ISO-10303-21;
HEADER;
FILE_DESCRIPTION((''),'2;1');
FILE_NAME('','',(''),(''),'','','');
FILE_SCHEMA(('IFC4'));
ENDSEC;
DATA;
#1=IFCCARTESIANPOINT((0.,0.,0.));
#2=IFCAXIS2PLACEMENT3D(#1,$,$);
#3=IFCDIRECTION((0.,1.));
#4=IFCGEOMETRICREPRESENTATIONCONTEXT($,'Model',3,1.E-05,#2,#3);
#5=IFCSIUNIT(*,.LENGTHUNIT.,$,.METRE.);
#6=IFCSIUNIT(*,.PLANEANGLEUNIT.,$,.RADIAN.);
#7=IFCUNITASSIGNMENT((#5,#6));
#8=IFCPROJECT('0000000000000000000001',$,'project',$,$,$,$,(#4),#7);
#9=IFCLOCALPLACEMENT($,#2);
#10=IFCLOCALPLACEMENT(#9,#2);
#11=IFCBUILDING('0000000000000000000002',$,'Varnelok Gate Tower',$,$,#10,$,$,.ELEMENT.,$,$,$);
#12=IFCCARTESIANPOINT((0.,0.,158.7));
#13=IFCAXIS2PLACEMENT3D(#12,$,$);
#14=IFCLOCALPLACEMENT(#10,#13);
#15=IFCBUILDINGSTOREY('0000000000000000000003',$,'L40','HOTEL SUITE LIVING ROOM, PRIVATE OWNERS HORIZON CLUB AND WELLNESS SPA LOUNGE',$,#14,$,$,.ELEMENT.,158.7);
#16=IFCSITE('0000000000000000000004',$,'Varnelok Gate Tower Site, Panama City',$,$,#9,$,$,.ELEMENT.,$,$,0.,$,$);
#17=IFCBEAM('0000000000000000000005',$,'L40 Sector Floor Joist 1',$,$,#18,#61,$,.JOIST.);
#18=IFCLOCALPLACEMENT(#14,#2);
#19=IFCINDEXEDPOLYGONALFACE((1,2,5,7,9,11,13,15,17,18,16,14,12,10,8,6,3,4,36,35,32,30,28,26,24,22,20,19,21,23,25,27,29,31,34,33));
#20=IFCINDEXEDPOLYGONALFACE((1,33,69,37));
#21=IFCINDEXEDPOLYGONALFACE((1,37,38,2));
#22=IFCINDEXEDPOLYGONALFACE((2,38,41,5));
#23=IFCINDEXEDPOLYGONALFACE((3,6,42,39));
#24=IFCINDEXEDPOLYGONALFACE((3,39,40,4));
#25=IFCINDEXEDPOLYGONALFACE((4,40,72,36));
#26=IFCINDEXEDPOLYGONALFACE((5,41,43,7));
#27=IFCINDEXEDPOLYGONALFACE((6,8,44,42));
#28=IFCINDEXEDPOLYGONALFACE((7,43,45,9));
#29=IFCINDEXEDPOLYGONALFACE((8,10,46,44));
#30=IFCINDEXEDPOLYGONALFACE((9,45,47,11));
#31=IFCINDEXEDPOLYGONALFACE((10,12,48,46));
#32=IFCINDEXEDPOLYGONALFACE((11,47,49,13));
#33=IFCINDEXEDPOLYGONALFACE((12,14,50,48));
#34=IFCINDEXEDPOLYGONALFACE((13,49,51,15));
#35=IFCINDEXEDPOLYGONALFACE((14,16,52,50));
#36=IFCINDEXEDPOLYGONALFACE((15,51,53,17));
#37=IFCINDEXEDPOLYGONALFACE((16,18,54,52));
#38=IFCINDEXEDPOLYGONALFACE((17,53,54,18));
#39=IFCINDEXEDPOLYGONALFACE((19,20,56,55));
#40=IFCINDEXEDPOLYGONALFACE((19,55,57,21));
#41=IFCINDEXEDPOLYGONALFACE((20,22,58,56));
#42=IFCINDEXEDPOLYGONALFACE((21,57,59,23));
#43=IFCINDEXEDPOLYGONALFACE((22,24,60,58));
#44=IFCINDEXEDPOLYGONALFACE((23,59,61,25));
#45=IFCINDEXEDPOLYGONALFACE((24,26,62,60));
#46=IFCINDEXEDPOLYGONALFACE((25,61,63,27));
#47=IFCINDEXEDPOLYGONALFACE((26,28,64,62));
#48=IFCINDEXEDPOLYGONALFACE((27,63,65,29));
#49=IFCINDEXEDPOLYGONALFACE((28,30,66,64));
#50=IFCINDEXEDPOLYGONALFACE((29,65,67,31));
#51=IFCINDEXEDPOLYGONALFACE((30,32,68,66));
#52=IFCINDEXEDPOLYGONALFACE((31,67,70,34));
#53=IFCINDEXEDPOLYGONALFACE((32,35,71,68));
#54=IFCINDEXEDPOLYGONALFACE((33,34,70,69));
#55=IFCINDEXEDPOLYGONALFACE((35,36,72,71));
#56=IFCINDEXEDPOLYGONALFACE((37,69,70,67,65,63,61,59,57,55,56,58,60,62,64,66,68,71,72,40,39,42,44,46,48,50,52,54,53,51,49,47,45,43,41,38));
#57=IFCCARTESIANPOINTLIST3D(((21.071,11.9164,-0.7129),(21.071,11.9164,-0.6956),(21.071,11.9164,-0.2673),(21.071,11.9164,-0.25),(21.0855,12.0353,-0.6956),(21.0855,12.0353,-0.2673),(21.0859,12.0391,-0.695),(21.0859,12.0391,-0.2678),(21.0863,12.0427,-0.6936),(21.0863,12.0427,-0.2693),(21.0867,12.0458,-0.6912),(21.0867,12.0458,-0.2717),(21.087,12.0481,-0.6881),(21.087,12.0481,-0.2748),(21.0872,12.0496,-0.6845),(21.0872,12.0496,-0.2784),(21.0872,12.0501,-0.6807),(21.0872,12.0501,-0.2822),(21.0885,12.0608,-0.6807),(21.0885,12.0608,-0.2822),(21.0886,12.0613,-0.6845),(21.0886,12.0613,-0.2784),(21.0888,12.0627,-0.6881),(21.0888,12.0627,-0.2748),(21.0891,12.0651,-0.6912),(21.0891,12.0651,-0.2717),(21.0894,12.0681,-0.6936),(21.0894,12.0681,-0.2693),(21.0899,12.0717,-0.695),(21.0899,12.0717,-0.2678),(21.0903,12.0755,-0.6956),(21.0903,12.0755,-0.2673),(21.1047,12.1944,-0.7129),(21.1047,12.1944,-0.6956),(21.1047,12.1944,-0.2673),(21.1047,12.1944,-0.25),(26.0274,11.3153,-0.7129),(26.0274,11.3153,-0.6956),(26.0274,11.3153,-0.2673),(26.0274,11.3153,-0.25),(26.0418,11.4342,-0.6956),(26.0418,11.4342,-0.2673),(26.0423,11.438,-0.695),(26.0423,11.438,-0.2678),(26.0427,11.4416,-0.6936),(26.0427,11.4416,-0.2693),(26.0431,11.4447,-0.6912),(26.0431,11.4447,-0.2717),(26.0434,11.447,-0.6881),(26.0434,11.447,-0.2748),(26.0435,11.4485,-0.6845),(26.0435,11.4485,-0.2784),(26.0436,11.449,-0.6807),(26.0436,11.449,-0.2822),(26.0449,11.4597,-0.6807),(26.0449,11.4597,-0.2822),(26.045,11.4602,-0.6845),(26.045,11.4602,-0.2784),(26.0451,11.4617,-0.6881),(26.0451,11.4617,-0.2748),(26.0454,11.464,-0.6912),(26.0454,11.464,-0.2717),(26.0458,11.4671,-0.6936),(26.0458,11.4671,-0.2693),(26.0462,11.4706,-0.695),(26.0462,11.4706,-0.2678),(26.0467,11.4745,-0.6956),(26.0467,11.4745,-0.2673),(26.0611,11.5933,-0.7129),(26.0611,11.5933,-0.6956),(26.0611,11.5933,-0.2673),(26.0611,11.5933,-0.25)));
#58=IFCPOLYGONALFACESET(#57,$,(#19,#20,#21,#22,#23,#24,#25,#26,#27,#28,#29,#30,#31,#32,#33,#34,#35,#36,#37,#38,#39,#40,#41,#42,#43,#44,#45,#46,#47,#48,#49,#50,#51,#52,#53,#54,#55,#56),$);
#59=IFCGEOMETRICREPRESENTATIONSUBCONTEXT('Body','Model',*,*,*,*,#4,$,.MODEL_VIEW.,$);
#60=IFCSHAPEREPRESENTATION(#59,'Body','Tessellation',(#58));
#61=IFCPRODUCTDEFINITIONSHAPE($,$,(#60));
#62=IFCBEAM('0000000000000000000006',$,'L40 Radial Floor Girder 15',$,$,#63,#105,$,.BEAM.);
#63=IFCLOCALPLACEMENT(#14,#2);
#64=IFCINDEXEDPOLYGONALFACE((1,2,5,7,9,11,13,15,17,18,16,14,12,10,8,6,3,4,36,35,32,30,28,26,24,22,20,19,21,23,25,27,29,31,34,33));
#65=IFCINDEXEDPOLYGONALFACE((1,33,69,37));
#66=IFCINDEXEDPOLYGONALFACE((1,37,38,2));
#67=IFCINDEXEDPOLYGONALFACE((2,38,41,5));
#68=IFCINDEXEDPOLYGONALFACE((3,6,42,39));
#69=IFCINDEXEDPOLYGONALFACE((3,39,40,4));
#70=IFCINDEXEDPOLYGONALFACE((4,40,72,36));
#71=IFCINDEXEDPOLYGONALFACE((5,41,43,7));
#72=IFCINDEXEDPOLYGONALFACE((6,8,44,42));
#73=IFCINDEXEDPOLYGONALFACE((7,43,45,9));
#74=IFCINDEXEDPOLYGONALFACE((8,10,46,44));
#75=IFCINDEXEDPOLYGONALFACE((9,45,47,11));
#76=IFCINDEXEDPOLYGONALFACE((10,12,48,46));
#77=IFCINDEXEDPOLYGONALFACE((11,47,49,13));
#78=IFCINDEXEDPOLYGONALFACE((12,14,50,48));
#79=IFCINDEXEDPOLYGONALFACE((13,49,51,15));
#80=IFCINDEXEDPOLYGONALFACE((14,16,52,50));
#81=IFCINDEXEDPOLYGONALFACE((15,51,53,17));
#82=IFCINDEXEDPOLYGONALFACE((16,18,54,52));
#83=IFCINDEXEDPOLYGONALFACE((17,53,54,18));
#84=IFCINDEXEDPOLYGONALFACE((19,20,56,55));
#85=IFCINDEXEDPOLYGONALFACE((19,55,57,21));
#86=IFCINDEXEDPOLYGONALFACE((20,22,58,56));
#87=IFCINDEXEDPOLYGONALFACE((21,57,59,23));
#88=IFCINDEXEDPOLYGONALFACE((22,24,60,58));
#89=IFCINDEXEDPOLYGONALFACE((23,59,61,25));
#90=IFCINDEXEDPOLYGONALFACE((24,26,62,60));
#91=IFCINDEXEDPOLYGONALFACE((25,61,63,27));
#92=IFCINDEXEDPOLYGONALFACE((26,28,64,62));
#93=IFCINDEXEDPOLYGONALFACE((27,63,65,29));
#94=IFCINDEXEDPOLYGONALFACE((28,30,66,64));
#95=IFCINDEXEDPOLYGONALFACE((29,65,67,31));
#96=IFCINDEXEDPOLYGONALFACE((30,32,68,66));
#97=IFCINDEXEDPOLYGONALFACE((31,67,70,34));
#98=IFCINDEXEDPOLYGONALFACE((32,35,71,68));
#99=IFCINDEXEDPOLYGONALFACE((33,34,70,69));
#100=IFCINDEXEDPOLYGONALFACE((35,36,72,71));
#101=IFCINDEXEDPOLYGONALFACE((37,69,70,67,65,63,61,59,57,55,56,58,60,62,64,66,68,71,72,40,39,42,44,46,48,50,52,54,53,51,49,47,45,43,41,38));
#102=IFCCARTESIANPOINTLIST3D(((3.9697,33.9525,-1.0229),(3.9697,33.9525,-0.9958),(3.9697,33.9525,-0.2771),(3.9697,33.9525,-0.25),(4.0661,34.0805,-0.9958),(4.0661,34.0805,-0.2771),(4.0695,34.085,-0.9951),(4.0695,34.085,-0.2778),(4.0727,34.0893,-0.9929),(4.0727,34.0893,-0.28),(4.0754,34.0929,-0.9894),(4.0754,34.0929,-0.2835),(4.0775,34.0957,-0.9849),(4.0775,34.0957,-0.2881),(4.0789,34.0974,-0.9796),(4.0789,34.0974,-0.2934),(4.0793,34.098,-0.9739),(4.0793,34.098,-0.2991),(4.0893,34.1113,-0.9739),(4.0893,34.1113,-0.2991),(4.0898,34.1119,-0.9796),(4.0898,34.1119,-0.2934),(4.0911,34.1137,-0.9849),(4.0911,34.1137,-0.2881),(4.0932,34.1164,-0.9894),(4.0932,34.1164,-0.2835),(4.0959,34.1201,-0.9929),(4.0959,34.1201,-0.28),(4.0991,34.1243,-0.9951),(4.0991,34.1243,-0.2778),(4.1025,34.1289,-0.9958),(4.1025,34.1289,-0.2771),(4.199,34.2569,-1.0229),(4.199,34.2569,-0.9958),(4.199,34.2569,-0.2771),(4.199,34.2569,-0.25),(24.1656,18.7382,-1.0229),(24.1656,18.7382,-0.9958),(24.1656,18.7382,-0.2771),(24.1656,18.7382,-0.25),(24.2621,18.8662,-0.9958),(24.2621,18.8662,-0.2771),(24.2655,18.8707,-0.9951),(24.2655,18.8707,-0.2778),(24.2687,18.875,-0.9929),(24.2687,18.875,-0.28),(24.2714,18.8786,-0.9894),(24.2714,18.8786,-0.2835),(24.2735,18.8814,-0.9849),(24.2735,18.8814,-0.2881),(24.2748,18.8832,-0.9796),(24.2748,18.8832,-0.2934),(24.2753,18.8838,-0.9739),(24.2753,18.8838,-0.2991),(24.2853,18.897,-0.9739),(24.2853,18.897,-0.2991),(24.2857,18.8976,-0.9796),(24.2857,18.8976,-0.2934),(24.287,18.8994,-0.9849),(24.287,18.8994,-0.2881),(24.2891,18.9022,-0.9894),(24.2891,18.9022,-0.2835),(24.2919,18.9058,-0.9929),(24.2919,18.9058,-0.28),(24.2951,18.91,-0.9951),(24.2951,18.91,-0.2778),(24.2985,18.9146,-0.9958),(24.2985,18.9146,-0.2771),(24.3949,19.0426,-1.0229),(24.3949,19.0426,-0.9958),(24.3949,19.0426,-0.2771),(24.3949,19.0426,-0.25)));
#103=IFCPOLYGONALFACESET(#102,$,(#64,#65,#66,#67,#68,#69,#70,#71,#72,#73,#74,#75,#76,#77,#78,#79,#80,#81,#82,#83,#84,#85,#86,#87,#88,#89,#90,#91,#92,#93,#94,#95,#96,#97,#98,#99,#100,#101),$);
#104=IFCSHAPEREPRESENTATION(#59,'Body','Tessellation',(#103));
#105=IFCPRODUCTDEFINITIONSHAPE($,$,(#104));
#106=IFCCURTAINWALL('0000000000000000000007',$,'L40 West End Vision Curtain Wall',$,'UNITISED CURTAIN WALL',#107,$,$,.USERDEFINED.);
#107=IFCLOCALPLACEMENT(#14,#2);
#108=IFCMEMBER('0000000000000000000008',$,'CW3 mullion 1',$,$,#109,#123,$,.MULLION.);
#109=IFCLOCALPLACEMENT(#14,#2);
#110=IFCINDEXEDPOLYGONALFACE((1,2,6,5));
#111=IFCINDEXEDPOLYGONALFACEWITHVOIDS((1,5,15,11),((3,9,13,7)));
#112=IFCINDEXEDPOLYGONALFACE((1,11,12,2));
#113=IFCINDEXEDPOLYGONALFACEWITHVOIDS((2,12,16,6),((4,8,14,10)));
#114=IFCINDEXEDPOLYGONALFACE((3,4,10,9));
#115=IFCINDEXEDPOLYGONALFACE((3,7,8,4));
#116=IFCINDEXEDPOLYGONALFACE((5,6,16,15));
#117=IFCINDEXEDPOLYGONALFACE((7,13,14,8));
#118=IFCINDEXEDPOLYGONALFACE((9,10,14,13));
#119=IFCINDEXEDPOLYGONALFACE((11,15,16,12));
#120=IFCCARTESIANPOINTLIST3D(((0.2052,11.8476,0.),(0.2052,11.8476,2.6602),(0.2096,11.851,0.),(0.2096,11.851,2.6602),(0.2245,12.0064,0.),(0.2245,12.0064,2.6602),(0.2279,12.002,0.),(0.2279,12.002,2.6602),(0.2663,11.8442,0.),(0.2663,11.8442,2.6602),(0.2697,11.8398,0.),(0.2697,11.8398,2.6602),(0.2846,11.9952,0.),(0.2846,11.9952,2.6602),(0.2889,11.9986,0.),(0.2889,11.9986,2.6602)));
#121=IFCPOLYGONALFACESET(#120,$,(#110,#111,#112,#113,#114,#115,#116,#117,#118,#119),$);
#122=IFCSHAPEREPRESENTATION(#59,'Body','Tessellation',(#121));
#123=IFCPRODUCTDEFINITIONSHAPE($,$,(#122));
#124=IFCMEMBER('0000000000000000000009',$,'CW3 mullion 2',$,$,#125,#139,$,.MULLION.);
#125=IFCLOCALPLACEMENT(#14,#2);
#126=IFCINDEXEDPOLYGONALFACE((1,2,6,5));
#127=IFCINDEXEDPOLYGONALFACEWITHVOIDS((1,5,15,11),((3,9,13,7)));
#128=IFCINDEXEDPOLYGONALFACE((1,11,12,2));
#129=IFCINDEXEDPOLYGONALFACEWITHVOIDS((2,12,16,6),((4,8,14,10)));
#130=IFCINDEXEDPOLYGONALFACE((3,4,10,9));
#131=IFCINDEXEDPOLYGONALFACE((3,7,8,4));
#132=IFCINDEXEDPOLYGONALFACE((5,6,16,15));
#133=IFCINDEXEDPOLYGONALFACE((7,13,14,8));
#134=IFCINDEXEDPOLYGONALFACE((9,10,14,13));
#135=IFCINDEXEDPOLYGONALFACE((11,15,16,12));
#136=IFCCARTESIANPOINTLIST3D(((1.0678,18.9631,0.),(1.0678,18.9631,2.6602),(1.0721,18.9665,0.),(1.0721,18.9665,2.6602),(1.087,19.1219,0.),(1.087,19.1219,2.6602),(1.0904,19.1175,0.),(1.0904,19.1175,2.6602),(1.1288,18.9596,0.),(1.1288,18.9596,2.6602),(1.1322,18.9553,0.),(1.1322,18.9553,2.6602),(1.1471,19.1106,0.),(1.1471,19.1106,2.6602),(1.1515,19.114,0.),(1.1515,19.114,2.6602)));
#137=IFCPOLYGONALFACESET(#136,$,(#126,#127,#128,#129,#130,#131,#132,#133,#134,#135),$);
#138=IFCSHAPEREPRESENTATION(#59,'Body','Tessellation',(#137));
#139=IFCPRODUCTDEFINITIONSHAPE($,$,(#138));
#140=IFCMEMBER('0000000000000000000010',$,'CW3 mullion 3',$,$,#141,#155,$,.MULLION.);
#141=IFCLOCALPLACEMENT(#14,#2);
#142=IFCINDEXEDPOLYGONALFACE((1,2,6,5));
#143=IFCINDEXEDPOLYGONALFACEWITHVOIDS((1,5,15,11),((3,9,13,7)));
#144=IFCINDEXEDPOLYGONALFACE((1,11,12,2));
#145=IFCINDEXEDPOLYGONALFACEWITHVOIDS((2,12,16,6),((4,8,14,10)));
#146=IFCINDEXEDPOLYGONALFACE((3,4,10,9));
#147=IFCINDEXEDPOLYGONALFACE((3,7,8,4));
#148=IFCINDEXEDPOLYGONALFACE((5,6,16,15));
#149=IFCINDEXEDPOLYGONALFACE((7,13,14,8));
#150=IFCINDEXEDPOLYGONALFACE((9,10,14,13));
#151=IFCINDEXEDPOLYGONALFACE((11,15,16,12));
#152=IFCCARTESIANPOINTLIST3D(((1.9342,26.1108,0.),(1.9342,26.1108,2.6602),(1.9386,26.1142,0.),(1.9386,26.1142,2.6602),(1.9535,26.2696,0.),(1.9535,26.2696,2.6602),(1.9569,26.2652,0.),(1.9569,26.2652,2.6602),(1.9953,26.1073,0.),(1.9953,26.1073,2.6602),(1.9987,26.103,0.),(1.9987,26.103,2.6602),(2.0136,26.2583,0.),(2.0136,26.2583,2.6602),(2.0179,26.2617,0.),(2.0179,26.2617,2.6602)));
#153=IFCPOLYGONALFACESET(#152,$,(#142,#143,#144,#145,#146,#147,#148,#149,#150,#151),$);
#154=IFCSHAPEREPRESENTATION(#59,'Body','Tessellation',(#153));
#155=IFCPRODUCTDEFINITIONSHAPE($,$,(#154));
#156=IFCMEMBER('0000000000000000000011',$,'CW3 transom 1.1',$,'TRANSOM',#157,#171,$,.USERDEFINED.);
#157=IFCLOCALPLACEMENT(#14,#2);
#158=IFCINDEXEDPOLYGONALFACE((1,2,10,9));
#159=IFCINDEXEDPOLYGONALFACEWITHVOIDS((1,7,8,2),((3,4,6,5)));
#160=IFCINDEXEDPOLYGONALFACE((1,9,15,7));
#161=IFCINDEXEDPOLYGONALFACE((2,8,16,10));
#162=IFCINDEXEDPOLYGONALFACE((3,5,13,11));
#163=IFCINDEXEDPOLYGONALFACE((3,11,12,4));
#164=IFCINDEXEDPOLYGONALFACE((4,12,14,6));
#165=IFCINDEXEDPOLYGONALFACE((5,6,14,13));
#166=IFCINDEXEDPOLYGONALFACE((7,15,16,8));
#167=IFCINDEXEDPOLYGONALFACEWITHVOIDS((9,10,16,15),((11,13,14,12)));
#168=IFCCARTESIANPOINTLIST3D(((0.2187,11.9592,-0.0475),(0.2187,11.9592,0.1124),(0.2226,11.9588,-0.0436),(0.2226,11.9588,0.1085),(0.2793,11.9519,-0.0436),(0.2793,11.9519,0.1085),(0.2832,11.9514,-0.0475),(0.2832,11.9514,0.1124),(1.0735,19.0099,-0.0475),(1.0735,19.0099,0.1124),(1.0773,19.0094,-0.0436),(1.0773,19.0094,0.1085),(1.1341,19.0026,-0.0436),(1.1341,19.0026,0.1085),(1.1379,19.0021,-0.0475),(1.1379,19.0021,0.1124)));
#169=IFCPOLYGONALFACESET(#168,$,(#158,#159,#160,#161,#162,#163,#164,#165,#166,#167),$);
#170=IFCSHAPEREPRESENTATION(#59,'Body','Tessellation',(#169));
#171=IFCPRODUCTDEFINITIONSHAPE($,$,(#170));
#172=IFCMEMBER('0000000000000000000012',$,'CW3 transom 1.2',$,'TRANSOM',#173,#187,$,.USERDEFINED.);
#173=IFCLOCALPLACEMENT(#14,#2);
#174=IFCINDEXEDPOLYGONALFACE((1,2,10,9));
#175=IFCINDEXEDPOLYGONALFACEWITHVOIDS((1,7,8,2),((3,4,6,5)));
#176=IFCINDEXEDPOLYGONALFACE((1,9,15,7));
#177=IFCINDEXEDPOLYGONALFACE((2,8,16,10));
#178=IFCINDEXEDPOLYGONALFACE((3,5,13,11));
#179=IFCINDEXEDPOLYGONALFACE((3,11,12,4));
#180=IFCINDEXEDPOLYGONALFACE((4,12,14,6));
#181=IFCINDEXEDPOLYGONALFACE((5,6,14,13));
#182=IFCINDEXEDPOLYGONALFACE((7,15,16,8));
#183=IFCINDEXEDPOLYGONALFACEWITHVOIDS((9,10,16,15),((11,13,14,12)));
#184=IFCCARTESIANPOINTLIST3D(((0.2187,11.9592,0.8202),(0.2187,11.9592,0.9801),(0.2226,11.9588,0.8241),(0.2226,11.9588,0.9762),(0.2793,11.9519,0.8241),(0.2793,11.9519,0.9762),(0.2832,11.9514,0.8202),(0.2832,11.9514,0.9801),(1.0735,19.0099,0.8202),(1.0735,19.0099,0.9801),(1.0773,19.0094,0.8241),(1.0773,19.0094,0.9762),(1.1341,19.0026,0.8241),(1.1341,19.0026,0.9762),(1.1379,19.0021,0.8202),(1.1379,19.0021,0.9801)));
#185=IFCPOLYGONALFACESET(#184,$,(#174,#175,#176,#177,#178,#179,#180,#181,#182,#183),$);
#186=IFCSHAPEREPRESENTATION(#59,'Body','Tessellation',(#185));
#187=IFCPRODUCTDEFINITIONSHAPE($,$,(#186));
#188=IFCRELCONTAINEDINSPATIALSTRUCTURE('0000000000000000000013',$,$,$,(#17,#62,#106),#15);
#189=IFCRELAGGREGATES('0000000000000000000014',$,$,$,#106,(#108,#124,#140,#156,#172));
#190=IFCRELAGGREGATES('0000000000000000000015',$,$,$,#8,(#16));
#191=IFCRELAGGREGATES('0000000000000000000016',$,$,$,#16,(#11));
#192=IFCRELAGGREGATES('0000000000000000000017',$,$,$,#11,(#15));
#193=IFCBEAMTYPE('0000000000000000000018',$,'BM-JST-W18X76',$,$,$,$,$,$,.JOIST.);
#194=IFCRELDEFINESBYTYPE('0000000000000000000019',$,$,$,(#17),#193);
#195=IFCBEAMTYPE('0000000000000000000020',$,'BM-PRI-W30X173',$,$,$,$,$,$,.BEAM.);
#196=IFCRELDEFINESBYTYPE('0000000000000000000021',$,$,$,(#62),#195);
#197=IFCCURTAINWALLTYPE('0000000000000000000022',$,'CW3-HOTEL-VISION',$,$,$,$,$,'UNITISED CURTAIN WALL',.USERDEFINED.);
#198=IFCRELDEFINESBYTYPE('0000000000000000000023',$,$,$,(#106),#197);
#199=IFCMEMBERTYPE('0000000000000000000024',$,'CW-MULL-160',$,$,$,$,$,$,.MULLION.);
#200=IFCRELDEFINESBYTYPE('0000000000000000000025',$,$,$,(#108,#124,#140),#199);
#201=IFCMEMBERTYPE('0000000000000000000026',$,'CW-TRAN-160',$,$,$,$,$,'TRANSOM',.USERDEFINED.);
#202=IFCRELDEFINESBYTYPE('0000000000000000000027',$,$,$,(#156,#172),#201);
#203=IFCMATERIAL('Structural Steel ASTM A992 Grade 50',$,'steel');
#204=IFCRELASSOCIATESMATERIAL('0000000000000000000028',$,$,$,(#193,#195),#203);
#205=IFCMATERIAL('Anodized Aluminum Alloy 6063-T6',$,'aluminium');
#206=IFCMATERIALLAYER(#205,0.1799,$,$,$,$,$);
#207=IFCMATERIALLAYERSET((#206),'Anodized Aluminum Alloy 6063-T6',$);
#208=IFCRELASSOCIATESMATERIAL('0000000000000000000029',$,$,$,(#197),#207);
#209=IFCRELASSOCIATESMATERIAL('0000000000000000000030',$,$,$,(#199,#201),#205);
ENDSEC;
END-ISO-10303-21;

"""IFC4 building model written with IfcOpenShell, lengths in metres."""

from ifc_helpers import new_model, si_unit, direction, frame, origin, origin_2d, place, context, subcontext, project, spatial, hollow_rectangle, i_section, extrude, material, layer, layer_set, material_profile, profile_set, type_object, element, aggregate, save


model = new_model("IFC4")

# Units and contexts
model_context = context("Model", 3, precision=1e-05, world=origin(), true_north=direction((0.0, 1.0)))
body_context = subcontext(model_context, "Body", "Model", "MODEL_VIEW")
ifc_project = project(units=[si_unit("LENGTHUNIT", "METRE"), si_unit("PLANEANGLEUNIT", "RADIAN")], contexts=[model_context])

# Site, building, storey
site_placement = place(None, origin())
site = spatial("IfcSite", under=ifc_project, at=site_placement, Name="Varnelok Gate Tower Site, Panama City", CompositionType="ELEMENT", RefElevation=0.0)
building_placement = place(site_placement, origin())
building = spatial("IfcBuilding", under=site, at=building_placement, Name="Varnelok Gate Tower", CompositionType="ELEMENT")
storey_placement = place(building_placement, frame((0.0, 0.0, 158.7)))
storey = spatial("IfcBuildingStorey", under=building, at=storey_placement, Name="L40", Description="HOTEL SUITE LIVING ROOM, PRIVATE OWNERS HORIZON CLUB AND WELLNESS SPA LOUNGE", CompositionType="ELEMENT", Elevation=158.7)

# Beams
ifc_material_1 = material(Name="Structural Steel ASTM A992 Grade 50", Category="steel")
ifc_material_profile_1 = material_profile(ifc_material_1, i_section(OverallWidth=0.28, OverallDepth=0.4629, WebThickness=0.0107, FlangeThickness=0.0173, FilletRadius=0.0149, at=origin_2d()), Name="W18X76")
ifc_profile_set_1 = profile_set([ifc_material_profile_1], Name="Structural Steel ASTM A992 Grade 50")
beam_type_1 = type_object("IfcBeamType", Name="BM-JST-W18X76", PredefinedType="JOIST", material=ifc_profile_set_1)
beam_1_placement = place(storey_placement, frame((21.0879, 12.0554, -0.4814), z_axis=(0.992726, -0.120393, 0.0), x_axis=(0.120393, 0.992726, 0.0)))
element("IfcBeam", 1, at=beam_1_placement, inside=storey, type_object=beam_type_1, Name="L40 Sector Floor Joist 1", PredefinedType="JOIST", context=body_context, shape_type="SweptSolid", body=[
    extrude(i_section(OverallWidth=0.28, OverallDepth=0.4629, WebThickness=0.0107, FlangeThickness=0.0173, FilletRadius=0.0149, at=origin_2d()), origin(), (0.0, 0.0, 1.0), 4.9927),
])
ifc_material_profile_2 = material_profile(ifc_material_1, i_section(OverallWidth=0.3811, OverallDepth=0.7729, WebThickness=0.0166, FlangeThickness=0.0271, FilletRadius=0.022, at=origin_2d()), Name="W30X173")
ifc_profile_set_2 = profile_set([ifc_material_profile_2], Name="Structural Steel ASTM A992 Grade 50")
beam_type_2 = type_object("IfcBeamType", Name="BM-PRI-W30X173", PredefinedType="BEAM", material=ifc_profile_set_2)
beam_2_placement = place(storey_placement, frame((24.2803, 18.8904, -0.6365), z_axis=(-0.79872, 0.601703, 0.0), x_axis=(-0.601703, -0.79872, 0.0)))
element("IfcBeam", 2, at=beam_2_placement, inside=storey, type_object=beam_type_2, Name="L40 Radial Floor Girder 15", PredefinedType="BEAM", context=body_context, shape_type="SweptSolid", body=[
    extrude(i_section(OverallWidth=0.3811, OverallDepth=0.7729, WebThickness=0.0166, FlangeThickness=0.0271, FilletRadius=0.022, at=origin_2d()), origin(), (0.0, 0.0, 1.0), 25.2854),
])

# Curtain wall, members
ifc_material_2 = material(Name="Anodized Aluminum Alloy 6063-T6", Category="aluminium")
ifc_layer_1 = layer(ifc_material_2, 0.1799)
ifc_layer_set_1 = layer_set([ifc_layer_1], Name="Anodized Aluminum Alloy 6063-T6")
curtain_wall_type = type_object("IfcCurtainWallType", Name="CW3-HOTEL-VISION", ElementType="UNITISED CURTAIN WALL", PredefinedType="USERDEFINED", material=ifc_layer_set_1)
curtain_wall_placement = place(storey_placement, origin())
curtain_wall = element("IfcCurtainWall", 3, at=curtain_wall_placement, inside=storey, type_object=curtain_wall_type, Name="L40 West End Vision Curtain Wall", ObjectType="UNITISED CURTAIN WALL", PredefinedType="USERDEFINED")
ifc_material_profile_3 = material_profile(ifc_material_2, hollow_rectangle(XDim=0.0649, YDim=0.1599, WallThickness=0.0039, at=origin_2d()), Name="ALU160X65X4")
ifc_profile_set_3 = profile_set([ifc_material_profile_3], Name="Anodized Aluminum Alloy 6063-T6")
member_type_1 = type_object("IfcMemberType", Name="CW-MULL-160", PredefinedType="MULLION", material=ifc_profile_set_3)
member_1_placement = place(storey_placement, frame((0.2471, 11.9231, 0.0), z_axis=(0.0, 0.0, 1.0), x_axis=(-0.992732, 0.120347, 0.0)))
member_1 = element("IfcMember", 4, at=member_1_placement, type_object=member_type_1, Name="CW3 mullion 1", PredefinedType="MULLION", context=body_context, shape_type="SweptSolid", body=[
    extrude(hollow_rectangle(XDim=0.0649, YDim=0.1599, WallThickness=0.0039, at=origin_2d()), origin(), (0.0, 0.0, 1.0), 2.6602),
])
member_2_placement = place(storey_placement, frame((1.1096, 19.0386, 0.0), z_axis=(0.0, 0.0, 1.0), x_axis=(-0.992732, 0.120347, 0.0)))
member_2 = element("IfcMember", 5, at=member_2_placement, type_object=member_type_1, Name="CW3 mullion 2", PredefinedType="MULLION", context=body_context, shape_type="SweptSolid", body=[
    extrude(hollow_rectangle(XDim=0.0649, YDim=0.1599, WallThickness=0.0039, at=origin_2d()), origin(), (0.0, 0.0, 1.0), 2.6602),
])
member_3_placement = place(storey_placement, frame((1.9761, 26.1863, 0.0), z_axis=(0.0, 0.0, 1.0), x_axis=(-0.992732, 0.120347, 0.0)))
member_3 = element("IfcMember", 6, at=member_3_placement, type_object=member_type_1, Name="CW3 mullion 3", PredefinedType="MULLION", context=body_context, shape_type="SweptSolid", body=[
    extrude(hollow_rectangle(XDim=0.0649, YDim=0.1599, WallThickness=0.0039, at=origin_2d()), origin(), (0.0, 0.0, 1.0), 2.6602),
])
ifc_material_profile_4 = material_profile(ifc_material_2, hollow_rectangle(XDim=0.0649, YDim=0.1599, WallThickness=0.0039, at=origin_2d()), Name="ALU160X65X4")
ifc_profile_set_4 = profile_set([ifc_material_profile_4], Name="Anodized Aluminum Alloy 6063-T6")
member_type_2 = type_object("IfcMemberType", Name="CW-TRAN-160", ElementType="TRANSOM", PredefinedType="USERDEFINED", material=ifc_profile_set_4)
member_4_placement = place(storey_placement, frame((0.251, 11.9553, 0.0325), z_axis=(0.120345, 0.992732, 0.0), x_axis=(-0.992732, 0.120345, 0.0)))
member_4 = element("IfcMember", 7, at=member_4_placement, type_object=member_type_2, Name="CW3 transom 1.1", ObjectType="TRANSOM", PredefinedType="USERDEFINED", context=body_context, shape_type="SweptSolid", body=[
    extrude(hollow_rectangle(XDim=0.0649, YDim=0.1599, WallThickness=0.0039, at=origin_2d()), origin(), (0.0, 0.0, 1.0), 7.1023),
])
member_5_placement = place(storey_placement, frame((0.251, 11.9553, 0.9001), z_axis=(0.120345, 0.992732, 0.0), x_axis=(-0.992732, 0.120345, 0.0)))
member_5 = element("IfcMember", 8, at=member_5_placement, type_object=member_type_2, Name="CW3 transom 1.2", ObjectType="TRANSOM", PredefinedType="USERDEFINED", context=body_context, shape_type="SweptSolid", body=[
    extrude(hollow_rectangle(XDim=0.0649, YDim=0.1599, WallThickness=0.0039, at=origin_2d()), origin(), (0.0, 0.0, 1.0), 7.1023),
])
aggregate(curtain_wall, [member_1, member_2, member_3, member_4, member_5])

save(model, "model.ifc")
